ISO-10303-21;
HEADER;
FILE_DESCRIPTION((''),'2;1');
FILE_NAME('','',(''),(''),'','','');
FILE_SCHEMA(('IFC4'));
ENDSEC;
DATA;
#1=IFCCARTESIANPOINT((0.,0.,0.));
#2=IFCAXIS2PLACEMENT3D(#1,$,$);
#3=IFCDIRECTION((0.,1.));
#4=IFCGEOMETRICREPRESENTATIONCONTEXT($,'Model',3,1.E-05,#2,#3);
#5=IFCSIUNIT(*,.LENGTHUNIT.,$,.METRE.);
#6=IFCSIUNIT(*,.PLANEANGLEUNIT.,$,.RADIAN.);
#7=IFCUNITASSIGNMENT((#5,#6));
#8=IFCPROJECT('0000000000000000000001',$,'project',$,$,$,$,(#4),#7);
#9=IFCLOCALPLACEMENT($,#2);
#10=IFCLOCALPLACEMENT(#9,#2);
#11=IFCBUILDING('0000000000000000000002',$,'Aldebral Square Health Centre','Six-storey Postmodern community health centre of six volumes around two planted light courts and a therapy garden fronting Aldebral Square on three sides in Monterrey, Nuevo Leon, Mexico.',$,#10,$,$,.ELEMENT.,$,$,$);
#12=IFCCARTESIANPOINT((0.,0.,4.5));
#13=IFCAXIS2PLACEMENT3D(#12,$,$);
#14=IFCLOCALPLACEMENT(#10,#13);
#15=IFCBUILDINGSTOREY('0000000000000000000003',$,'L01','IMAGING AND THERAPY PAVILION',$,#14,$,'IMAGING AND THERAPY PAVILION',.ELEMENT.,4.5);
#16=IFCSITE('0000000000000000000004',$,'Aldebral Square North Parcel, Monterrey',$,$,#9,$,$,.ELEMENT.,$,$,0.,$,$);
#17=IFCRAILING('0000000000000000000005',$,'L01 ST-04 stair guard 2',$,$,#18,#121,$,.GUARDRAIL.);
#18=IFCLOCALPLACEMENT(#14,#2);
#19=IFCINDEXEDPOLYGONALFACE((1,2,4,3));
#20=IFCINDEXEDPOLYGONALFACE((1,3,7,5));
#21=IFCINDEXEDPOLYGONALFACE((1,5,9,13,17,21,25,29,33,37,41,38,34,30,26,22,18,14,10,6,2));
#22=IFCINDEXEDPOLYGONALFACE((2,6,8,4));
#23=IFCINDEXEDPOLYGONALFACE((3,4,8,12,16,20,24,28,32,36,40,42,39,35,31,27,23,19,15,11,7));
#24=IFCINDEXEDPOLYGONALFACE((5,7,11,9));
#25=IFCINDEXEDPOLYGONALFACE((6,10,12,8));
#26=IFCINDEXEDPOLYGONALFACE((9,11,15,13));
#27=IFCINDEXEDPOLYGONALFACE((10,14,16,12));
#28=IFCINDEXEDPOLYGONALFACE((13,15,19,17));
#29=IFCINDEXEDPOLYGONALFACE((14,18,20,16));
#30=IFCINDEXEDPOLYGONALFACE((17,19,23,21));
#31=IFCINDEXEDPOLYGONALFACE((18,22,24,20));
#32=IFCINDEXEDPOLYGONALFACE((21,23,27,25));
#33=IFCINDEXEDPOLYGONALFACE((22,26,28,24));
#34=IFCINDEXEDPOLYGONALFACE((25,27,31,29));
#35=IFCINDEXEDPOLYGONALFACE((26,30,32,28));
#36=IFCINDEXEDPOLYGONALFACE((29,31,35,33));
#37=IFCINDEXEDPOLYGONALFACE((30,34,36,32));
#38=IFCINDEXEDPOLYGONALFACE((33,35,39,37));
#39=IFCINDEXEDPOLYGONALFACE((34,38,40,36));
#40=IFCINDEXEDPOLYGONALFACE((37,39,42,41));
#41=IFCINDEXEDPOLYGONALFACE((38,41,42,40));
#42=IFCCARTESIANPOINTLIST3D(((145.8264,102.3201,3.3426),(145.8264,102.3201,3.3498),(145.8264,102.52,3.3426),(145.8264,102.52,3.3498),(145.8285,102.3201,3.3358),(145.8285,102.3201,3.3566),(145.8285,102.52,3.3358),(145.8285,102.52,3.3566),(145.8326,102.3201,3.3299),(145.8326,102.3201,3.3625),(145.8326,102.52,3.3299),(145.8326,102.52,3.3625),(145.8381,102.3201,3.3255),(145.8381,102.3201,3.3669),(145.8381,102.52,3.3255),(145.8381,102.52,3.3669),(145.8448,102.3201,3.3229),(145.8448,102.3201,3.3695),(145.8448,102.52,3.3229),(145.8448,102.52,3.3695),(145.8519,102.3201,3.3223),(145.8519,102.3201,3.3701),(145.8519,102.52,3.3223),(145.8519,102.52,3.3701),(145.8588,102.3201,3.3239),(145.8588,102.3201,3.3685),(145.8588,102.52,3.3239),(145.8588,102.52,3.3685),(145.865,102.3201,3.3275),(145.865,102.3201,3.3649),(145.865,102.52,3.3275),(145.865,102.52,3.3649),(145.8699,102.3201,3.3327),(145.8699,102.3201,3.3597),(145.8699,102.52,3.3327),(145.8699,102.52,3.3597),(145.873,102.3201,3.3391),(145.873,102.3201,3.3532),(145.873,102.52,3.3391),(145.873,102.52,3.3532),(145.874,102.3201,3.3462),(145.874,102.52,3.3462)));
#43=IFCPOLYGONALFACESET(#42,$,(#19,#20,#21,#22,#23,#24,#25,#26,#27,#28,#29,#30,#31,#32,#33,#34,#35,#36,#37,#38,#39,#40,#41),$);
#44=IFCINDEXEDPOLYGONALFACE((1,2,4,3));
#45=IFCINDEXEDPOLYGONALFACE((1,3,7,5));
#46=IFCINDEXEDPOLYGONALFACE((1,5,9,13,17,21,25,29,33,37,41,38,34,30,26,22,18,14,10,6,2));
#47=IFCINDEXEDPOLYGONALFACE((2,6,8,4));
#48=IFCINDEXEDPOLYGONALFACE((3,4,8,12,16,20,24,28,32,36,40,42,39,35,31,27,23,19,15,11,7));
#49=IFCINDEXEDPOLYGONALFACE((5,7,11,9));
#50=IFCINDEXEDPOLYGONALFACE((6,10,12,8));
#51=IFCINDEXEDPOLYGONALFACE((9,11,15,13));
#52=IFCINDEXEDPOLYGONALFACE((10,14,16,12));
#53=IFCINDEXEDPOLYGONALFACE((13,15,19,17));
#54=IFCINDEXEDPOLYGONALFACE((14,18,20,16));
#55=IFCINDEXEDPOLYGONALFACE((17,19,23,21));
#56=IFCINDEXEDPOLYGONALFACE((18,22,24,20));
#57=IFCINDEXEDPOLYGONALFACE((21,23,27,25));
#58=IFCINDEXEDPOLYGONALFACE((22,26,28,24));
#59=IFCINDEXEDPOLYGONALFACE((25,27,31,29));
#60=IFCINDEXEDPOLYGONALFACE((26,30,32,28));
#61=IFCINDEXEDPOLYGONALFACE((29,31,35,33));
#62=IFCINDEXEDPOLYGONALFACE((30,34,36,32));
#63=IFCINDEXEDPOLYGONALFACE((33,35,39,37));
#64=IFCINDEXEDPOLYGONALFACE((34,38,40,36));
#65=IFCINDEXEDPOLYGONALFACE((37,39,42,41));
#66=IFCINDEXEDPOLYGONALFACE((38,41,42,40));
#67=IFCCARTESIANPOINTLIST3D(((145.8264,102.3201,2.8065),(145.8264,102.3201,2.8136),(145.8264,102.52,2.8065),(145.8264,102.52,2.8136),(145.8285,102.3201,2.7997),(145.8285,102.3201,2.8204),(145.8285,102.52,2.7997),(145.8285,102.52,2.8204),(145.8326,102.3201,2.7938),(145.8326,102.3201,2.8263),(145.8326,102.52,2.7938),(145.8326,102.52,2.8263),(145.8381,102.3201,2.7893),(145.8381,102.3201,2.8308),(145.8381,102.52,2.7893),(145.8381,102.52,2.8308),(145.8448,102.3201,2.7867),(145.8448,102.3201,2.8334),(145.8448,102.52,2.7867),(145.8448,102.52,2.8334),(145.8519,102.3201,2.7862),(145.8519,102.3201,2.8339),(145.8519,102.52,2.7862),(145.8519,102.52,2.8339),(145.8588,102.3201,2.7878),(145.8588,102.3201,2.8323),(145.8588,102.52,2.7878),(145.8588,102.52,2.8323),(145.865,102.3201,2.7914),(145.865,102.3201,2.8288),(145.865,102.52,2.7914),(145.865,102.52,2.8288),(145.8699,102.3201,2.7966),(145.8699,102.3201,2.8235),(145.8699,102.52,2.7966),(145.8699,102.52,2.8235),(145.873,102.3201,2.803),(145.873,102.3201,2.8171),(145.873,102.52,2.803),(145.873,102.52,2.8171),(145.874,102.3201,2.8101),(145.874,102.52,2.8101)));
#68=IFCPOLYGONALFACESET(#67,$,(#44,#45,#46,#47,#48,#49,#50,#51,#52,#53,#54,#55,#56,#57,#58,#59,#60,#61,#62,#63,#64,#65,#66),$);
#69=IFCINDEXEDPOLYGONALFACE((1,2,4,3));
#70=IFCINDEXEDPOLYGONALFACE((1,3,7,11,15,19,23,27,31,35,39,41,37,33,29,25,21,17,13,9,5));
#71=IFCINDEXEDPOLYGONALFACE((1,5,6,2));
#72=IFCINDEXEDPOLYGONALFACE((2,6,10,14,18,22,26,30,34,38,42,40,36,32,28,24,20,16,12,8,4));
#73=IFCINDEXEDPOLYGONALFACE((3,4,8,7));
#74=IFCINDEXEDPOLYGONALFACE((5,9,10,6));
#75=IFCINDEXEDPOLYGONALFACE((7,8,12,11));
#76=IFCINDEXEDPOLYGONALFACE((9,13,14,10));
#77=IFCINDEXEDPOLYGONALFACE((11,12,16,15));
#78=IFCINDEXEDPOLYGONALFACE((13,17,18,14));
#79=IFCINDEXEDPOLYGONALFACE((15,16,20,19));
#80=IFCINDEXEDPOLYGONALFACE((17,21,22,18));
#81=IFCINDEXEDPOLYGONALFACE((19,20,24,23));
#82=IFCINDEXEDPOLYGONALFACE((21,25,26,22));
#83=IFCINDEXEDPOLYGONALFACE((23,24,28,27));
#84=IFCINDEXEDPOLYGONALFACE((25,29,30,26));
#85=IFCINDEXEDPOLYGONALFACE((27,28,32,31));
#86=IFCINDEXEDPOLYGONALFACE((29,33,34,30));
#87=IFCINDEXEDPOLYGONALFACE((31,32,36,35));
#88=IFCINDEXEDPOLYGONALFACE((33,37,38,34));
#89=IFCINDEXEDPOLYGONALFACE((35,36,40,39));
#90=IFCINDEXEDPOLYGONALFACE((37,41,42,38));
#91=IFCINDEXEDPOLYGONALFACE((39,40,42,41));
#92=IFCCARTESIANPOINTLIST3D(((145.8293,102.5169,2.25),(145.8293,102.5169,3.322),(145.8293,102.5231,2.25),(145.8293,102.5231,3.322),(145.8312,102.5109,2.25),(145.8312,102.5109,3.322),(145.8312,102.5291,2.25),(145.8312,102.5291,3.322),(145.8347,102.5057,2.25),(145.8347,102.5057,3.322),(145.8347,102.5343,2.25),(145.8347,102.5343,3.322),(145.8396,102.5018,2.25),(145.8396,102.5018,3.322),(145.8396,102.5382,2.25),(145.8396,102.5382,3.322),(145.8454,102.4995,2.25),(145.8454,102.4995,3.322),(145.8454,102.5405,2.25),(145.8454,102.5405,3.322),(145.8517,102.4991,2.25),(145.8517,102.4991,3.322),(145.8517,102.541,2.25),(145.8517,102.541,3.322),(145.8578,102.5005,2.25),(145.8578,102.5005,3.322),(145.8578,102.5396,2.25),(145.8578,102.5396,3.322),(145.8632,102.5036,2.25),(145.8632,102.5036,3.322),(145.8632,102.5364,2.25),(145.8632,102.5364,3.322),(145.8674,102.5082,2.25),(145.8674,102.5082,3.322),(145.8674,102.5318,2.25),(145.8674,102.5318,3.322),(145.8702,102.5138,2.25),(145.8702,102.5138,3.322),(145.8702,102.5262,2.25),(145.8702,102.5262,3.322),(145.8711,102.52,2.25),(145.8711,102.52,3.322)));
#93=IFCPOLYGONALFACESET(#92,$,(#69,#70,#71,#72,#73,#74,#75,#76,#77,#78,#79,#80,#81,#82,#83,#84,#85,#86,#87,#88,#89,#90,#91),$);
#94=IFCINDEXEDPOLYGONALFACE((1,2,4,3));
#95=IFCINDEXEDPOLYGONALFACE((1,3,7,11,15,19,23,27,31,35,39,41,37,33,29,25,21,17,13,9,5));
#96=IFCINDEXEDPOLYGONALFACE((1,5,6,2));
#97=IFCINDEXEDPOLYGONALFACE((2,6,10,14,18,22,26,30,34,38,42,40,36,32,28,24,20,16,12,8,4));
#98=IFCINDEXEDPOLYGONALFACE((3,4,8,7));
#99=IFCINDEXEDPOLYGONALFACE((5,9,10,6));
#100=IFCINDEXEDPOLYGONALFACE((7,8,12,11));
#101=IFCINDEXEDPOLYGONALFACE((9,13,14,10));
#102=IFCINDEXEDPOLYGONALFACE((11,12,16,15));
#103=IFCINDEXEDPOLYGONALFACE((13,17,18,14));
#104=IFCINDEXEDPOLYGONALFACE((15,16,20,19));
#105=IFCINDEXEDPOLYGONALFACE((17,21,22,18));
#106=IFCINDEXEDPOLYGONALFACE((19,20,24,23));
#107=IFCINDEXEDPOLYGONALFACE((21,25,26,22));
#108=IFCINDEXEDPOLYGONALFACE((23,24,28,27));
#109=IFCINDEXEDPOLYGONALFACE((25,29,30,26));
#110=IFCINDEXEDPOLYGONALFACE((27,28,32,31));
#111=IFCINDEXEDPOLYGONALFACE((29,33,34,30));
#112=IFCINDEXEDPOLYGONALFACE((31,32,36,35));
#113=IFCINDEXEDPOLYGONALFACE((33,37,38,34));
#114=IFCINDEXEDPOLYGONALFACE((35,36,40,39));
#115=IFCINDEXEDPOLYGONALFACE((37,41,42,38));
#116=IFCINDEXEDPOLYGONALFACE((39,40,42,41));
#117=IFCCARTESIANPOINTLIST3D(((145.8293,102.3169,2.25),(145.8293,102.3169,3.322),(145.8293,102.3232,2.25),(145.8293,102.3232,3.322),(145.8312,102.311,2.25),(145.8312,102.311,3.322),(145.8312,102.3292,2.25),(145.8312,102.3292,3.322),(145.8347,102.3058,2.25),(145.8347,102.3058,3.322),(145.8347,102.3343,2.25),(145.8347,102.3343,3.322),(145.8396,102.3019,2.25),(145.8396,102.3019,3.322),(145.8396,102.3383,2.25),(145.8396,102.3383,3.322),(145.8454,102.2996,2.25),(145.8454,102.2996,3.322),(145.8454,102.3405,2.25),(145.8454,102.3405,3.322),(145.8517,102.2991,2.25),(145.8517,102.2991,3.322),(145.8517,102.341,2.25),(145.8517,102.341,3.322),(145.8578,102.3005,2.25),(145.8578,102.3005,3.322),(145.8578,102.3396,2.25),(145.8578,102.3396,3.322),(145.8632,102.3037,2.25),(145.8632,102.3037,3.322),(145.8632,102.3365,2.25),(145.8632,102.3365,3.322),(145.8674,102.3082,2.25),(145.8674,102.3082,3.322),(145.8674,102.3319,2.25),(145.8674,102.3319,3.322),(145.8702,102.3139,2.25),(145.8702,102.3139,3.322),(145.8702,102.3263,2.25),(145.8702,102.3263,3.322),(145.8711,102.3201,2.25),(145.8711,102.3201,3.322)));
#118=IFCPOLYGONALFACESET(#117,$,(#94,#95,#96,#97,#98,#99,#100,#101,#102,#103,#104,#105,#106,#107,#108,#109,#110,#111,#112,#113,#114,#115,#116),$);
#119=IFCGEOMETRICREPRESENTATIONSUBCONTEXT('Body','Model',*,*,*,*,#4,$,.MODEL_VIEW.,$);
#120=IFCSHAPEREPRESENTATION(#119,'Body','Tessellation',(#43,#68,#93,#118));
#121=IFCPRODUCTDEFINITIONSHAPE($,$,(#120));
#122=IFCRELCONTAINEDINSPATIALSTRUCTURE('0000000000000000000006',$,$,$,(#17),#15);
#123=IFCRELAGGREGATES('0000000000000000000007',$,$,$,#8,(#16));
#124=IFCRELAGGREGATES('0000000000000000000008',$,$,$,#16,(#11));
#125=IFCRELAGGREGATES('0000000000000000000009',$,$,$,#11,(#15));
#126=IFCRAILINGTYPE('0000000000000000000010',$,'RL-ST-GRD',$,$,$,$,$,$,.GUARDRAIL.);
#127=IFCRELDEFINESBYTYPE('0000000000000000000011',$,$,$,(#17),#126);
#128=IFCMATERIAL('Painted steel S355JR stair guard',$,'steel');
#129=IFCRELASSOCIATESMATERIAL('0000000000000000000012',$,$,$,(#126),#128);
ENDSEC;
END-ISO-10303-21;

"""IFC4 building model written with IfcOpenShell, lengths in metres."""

from ifc_helpers import new_model, si_unit, direction, frame, origin, origin_2d, place, context, subcontext, project, spatial, circle, extrude, material, type_object, element, save


model = new_model("IFC4")

# Units and contexts
model_context = context("Model", 3, precision=1e-05, world=origin(), true_north=direction((0.0, 1.0)))
body_context = subcontext(model_context, "Body", "Model", "MODEL_VIEW")
ifc_project = project(units=[si_unit("LENGTHUNIT", "METRE"), si_unit("PLANEANGLEUNIT", "RADIAN")], contexts=[model_context])

# Site, building, storey
site_placement = place(None, origin())
site = spatial("IfcSite", under=ifc_project, at=site_placement, Name="Aldebral Square North Parcel, Monterrey", CompositionType="ELEMENT", RefElevation=0.0)
building_placement = place(site_placement, origin())
building = spatial("IfcBuilding", under=site, at=building_placement, Name="Aldebral Square Health Centre", Description="Six-storey Postmodern community health centre of six volumes around two planted light courts and a therapy garden fronting Aldebral Square on three sides in Monterrey, Nuevo Leon, Mexico.", CompositionType="ELEMENT")
storey_placement = place(building_placement, frame((0.0, 0.0, 4.5)))
storey = spatial("IfcBuildingStorey", under=building, at=storey_placement, Name="L01", Description="IMAGING AND THERAPY PAVILION", LongName="IMAGING AND THERAPY PAVILION", CompositionType="ELEMENT", Elevation=4.5)

# Railing
ifc_material_1 = material(Name="Painted steel S355JR stair guard", Category="steel")
railing_type = type_object("IfcRailingType", Name="RL-ST-GRD", PredefinedType="GUARDRAIL", material=ifc_material_1)
railing_1_placement = place(storey_placement, frame((145.8501, 102.52, 2.25)))
element("IfcRailing", 1, at=railing_1_placement, inside=storey, type_object=railing_type, Name="L01 ST-04 stair guard 2", PredefinedType="GUARDRAIL", context=body_context, shape_type="SweptSolid", body=[
    extrude(circle(Radius=0.0239, at=origin_2d()), frame((0.0, 0.0, 1.0962), z_axis=(0.0, -1.0, 0.0), x_axis=(1.0, 0.0, 0.0)), (0.0, 0.0, 1.0), 0.2),
    extrude(circle(Radius=0.0239, at=origin_2d()), frame((0.0, 0.0, 0.5601), z_axis=(0.0, -1.0, 0.0), x_axis=(1.0, 0.0, 0.0)), (0.0, 0.0, 1.0), 0.2),
    extrude(circle(Radius=0.021, at=origin_2d()), origin(), (0.0, 0.0, 1.0), 1.072),
    extrude(circle(Radius=0.021, at=origin_2d()), frame((0.0, -0.2, 0.0)), (0.0, 0.0, 1.0), 1.072),
])

save(model, "model.ifc")
